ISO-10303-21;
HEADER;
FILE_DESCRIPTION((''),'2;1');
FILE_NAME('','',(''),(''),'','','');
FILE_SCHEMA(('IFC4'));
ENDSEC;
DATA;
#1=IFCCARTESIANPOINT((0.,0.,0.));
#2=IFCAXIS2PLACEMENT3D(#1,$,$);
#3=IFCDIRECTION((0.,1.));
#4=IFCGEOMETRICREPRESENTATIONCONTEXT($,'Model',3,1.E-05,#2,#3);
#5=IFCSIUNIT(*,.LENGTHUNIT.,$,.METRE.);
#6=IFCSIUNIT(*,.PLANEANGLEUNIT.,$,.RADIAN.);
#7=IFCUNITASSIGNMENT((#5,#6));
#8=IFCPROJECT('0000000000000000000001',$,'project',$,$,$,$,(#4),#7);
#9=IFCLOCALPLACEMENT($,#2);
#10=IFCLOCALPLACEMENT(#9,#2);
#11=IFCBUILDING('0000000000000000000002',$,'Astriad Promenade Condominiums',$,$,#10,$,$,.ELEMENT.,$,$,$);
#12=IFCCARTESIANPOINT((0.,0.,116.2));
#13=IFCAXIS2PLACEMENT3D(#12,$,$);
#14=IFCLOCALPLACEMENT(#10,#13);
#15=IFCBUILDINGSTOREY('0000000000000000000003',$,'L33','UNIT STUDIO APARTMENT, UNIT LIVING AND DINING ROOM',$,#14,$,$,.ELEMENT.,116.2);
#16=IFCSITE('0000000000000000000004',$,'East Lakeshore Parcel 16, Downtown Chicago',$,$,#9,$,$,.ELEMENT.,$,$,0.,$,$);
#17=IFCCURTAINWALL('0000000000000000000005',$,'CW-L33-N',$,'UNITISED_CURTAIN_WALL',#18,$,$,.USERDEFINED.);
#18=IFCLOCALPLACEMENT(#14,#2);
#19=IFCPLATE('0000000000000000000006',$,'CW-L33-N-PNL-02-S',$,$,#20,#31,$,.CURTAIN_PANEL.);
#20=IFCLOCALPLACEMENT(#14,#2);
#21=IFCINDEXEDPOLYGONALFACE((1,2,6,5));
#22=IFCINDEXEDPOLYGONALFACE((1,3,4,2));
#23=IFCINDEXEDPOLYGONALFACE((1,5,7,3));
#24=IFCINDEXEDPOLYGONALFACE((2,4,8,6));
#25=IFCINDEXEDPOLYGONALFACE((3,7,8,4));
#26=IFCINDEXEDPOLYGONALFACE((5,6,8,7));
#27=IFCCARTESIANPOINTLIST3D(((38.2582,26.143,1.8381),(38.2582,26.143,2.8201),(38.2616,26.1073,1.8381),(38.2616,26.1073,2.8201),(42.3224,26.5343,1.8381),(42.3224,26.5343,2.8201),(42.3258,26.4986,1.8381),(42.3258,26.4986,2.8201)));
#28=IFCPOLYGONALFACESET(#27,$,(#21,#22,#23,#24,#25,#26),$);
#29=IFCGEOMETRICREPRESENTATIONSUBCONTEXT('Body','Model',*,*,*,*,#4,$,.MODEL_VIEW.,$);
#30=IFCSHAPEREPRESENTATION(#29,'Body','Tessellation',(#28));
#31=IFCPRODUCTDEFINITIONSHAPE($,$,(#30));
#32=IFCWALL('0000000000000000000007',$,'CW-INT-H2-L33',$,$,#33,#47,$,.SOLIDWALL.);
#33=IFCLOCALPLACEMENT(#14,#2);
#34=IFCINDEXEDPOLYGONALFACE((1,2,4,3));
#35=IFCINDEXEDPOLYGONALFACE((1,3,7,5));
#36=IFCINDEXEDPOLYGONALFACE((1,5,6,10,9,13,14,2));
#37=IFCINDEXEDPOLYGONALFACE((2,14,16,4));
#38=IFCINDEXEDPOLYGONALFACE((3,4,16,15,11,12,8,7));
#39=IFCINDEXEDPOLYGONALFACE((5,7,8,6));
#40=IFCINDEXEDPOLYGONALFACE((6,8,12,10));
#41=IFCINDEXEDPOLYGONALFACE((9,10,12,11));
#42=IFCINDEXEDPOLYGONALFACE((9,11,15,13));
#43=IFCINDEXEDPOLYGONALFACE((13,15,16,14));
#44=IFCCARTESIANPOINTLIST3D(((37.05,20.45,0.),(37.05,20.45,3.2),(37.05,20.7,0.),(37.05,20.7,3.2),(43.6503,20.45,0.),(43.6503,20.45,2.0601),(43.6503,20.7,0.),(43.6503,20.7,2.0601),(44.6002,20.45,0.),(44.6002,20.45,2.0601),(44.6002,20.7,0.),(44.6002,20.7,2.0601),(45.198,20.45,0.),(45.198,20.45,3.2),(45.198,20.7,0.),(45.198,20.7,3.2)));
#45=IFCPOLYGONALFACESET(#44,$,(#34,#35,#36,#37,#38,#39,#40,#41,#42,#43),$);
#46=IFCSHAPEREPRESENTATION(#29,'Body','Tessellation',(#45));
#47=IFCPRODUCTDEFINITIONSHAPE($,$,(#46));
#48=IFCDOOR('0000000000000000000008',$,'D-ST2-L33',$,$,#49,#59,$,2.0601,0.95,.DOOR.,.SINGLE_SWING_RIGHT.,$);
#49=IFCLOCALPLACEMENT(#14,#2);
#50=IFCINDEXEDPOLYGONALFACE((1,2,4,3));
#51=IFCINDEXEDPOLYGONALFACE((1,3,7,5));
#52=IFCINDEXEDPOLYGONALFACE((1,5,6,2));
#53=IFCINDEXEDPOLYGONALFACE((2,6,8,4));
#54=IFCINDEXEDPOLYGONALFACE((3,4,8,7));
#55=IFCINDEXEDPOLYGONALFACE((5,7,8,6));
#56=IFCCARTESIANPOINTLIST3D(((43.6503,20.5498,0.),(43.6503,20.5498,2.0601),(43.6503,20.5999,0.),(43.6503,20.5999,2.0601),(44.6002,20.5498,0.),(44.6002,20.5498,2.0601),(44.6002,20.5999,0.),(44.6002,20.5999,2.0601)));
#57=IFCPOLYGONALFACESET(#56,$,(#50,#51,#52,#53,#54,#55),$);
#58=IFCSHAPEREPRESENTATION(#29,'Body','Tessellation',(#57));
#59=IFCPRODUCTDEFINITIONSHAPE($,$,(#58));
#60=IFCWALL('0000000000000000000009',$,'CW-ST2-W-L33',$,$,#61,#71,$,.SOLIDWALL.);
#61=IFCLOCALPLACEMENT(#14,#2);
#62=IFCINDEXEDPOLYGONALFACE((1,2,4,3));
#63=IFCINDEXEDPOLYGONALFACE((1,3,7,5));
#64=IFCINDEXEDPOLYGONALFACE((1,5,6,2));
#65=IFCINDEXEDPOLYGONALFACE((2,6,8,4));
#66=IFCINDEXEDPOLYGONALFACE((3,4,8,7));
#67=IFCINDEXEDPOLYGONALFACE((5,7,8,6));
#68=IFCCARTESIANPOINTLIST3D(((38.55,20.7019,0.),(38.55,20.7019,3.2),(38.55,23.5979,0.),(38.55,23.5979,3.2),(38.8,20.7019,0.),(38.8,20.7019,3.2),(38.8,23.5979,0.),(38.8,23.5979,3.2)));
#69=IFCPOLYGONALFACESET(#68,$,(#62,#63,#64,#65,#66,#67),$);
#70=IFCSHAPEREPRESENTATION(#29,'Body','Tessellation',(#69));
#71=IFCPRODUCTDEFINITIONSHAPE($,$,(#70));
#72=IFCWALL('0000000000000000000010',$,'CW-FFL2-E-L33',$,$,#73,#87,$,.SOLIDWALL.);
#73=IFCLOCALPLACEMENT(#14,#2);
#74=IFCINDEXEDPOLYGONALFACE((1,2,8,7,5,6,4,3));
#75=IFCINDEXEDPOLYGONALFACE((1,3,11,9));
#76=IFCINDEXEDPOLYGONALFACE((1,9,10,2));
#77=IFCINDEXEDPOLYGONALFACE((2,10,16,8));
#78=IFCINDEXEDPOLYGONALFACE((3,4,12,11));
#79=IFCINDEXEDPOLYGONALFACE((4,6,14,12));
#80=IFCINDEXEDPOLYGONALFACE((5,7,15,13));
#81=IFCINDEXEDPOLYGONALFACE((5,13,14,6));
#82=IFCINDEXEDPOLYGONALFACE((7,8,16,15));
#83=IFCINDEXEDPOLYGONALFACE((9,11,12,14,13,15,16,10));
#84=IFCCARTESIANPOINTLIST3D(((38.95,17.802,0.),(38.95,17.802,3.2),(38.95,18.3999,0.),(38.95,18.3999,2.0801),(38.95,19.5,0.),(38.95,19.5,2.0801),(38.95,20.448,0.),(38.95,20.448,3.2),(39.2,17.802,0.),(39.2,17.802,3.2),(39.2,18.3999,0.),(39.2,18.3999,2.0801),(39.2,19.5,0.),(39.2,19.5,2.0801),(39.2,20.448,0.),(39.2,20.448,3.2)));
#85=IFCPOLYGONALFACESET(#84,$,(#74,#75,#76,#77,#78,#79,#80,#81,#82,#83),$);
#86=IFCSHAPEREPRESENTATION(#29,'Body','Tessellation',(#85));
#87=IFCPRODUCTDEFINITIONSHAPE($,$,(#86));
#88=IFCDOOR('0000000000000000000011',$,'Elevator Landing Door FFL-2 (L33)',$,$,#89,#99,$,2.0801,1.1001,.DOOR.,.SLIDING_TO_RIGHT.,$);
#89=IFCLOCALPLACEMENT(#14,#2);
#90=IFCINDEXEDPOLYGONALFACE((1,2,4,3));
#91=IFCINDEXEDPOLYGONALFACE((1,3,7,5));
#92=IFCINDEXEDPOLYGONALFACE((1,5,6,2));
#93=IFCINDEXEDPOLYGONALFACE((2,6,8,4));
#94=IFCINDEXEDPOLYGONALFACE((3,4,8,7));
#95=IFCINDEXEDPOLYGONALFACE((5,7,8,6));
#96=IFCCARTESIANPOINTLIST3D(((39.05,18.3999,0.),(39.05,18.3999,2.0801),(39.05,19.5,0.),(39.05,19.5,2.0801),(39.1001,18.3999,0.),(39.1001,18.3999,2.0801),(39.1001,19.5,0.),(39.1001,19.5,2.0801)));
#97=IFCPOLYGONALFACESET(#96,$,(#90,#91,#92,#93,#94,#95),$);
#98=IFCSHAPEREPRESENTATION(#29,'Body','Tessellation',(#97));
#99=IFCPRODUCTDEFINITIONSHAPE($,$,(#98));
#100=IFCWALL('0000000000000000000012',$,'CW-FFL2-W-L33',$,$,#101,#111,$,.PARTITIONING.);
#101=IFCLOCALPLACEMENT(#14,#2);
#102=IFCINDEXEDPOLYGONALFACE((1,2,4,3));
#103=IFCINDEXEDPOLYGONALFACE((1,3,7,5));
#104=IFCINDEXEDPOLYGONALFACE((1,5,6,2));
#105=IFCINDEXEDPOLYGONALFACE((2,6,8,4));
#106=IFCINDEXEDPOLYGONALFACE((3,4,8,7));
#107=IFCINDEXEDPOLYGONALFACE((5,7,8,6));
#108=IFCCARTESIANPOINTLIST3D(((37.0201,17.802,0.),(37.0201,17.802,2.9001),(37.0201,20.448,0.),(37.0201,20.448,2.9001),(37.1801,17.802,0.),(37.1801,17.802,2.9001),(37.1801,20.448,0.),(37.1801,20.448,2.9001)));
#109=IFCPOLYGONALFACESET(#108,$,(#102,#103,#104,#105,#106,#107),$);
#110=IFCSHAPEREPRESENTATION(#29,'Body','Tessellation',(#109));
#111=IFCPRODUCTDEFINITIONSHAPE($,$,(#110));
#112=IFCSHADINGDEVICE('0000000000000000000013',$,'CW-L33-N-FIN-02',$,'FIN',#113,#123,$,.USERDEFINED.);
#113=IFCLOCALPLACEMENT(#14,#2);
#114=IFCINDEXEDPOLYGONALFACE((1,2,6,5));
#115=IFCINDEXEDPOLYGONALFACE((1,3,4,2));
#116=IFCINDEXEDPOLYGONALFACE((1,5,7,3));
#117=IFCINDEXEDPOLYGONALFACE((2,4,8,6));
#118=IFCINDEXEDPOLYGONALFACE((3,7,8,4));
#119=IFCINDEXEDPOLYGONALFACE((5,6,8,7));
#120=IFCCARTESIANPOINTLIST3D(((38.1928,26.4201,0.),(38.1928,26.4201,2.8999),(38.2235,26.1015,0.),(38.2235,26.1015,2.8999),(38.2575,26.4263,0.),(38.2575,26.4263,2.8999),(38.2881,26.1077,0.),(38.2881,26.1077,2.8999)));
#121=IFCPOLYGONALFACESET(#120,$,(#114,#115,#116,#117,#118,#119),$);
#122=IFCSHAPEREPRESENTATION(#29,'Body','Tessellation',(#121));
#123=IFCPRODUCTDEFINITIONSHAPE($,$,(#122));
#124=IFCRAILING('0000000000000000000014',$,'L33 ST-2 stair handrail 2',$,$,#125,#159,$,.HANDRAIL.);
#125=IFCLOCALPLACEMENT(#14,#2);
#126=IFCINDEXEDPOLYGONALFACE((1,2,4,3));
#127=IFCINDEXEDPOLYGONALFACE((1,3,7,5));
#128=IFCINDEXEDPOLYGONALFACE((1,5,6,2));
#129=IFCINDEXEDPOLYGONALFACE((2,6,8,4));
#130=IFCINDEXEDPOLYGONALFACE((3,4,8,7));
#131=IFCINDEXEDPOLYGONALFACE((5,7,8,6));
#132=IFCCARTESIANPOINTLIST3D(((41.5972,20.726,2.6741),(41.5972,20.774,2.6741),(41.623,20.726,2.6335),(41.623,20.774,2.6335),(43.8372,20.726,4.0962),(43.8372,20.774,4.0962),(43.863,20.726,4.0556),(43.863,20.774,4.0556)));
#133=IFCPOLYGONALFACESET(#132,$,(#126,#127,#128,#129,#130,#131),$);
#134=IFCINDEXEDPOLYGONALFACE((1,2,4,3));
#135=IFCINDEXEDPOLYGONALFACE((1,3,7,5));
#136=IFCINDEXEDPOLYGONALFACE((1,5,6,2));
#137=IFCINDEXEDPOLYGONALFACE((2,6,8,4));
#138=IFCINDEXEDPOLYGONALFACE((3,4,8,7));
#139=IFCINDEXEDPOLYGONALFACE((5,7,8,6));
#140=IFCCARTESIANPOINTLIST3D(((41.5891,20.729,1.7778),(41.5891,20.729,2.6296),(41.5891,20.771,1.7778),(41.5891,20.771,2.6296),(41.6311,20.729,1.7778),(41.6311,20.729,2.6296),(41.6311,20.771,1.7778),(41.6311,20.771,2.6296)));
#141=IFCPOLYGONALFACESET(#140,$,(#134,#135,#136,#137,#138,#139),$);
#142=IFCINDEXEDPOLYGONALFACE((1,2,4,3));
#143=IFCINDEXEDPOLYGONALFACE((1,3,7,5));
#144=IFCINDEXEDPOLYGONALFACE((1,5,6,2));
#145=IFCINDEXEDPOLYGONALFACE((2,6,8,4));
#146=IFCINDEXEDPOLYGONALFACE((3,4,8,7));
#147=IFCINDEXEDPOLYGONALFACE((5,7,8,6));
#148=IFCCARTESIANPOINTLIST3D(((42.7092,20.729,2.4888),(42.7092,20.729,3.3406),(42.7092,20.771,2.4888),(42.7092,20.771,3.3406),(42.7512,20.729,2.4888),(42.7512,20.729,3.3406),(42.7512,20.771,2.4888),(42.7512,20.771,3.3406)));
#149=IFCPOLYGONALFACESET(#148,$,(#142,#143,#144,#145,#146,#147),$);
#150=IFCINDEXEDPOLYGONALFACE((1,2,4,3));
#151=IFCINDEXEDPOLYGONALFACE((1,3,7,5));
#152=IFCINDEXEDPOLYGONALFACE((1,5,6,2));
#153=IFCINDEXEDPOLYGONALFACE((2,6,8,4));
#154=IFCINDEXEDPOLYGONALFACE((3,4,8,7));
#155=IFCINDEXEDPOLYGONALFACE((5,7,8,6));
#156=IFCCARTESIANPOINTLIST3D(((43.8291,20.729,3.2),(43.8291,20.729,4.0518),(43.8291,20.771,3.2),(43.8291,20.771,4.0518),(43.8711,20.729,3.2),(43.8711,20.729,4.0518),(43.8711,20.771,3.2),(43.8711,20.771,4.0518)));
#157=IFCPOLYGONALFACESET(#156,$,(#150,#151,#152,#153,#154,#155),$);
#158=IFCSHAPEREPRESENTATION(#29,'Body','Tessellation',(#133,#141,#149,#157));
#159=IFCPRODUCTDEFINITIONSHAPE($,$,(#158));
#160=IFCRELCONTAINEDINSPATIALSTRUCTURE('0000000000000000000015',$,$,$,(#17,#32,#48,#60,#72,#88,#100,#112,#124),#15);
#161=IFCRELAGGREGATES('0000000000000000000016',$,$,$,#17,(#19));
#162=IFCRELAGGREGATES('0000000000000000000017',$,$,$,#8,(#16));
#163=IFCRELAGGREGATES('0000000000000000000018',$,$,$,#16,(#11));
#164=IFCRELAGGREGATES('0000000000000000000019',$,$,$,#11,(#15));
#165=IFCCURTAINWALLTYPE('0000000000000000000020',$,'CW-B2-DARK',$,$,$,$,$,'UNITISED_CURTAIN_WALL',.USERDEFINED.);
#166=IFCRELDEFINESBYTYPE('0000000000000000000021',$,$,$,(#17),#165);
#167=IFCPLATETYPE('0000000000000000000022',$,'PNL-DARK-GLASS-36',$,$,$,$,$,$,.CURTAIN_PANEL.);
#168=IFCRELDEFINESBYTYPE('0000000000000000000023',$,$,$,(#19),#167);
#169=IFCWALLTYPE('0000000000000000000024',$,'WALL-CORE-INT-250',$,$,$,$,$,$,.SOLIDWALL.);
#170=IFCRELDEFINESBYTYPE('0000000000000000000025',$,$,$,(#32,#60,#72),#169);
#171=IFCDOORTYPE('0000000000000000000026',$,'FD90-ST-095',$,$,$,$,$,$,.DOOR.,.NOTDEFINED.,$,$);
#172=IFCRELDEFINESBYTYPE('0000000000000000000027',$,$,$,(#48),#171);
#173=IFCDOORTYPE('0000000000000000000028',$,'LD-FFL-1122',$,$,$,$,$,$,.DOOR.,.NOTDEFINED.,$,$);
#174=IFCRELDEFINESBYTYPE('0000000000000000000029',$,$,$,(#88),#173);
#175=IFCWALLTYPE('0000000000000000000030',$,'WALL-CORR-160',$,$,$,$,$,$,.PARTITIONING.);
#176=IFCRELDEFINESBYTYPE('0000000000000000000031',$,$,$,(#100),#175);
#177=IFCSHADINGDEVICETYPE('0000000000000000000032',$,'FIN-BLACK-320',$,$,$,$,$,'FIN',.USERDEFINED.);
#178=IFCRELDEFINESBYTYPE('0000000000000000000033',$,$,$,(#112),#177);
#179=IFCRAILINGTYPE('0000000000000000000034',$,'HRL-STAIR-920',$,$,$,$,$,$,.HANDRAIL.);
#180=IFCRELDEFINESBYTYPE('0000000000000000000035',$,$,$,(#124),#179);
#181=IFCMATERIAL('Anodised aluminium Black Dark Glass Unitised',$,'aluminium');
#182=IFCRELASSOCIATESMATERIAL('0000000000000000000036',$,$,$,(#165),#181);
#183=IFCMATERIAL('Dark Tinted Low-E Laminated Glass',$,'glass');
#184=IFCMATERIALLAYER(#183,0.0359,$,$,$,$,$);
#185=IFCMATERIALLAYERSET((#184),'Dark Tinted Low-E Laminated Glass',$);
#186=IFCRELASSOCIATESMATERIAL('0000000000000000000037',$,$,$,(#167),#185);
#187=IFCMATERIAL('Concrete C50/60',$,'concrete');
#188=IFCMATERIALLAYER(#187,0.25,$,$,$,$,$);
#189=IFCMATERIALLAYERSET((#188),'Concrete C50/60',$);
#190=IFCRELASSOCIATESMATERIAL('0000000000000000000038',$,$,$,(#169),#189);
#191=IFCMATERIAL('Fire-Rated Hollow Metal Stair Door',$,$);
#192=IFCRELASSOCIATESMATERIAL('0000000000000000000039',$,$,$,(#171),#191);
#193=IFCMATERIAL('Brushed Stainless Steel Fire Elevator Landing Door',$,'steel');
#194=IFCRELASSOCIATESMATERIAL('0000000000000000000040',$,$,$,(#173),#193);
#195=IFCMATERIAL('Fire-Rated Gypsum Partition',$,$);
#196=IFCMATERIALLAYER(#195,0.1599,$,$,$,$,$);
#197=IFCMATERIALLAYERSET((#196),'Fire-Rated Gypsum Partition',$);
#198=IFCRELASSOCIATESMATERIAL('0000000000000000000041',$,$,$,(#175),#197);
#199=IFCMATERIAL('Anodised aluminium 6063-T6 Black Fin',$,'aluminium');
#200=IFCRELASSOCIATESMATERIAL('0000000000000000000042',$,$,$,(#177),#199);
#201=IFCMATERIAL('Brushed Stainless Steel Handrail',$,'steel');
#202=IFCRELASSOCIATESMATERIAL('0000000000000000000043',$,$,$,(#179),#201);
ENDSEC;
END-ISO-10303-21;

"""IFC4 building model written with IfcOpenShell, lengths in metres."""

from ifc_helpers import new_model, si_unit, direction, frame, frame_2d, origin, origin_2d, place, context, subcontext, project, spatial, rectangle, extrude, source, transform, mapped, material, layer, layer_set, type_object, type_shapes, element, fill, aggregate, save


model = new_model("IFC4")

# Units and contexts
model_context = context("Model", 3, precision=1e-05, world=origin(), true_north=direction((0.0, 1.0)))
body_context = subcontext(model_context, "Body", "Model", "MODEL_VIEW")
ifc_project = project(units=[si_unit("LENGTHUNIT", "METRE"), si_unit("PLANEANGLEUNIT", "RADIAN")], contexts=[model_context])

# Site, building, storey
site_placement = place(None, origin())
site = spatial("IfcSite", under=ifc_project, at=site_placement, Name="East Lakeshore Parcel 16, Downtown Chicago", CompositionType="ELEMENT", RefElevation=0.0)
building_placement = place(site_placement, origin())
building = spatial("IfcBuilding", under=site, at=building_placement, Name="Astriad Promenade Condominiums", CompositionType="ELEMENT")
storey_placement = place(building_placement, frame((0.0, 0.0, 116.2)))
storey = spatial("IfcBuildingStorey", under=building, at=storey_placement, Name="L33", Description="UNIT STUDIO APARTMENT, UNIT LIVING AND DINING ROOM", CompositionType="ELEMENT", Elevation=116.2)

# Curtain wall, plate
ifc_material_1 = material(Name="Anodised aluminium Black Dark Glass Unitised", Category="aluminium")
curtain_wall_type = type_object("IfcCurtainWallType", Name="CW-B2-DARK", ElementType="UNITISED_CURTAIN_WALL", PredefinedType="USERDEFINED", material=ifc_material_1)
curtain_wall_placement = place(storey_placement, origin())
curtain_wall = element("IfcCurtainWall", 1, at=curtain_wall_placement, inside=storey, type_object=curtain_wall_type, Name="CW-L33-N", ObjectType="UNITISED_CURTAIN_WALL", PredefinedType="USERDEFINED")
ifc_material_2 = material(Name="Dark Tinted Low-E Laminated Glass", Category="glass")
ifc_layer_1 = layer(ifc_material_2, 0.0359)
ifc_layer_set_1 = layer_set([ifc_layer_1], Name="Dark Tinted Low-E Laminated Glass")
plate_type = type_object("IfcPlateType", Name="PNL-DARK-GLASS-36", PredefinedType="CURTAIN_PANEL", material=ifc_layer_set_1)
shared_shape_1 = source(origin(), body_context, "Body", "SweptSolid", [
    extrude(rectangle(XDim=4.083, YDim=0.0359, at=origin_2d()), origin(), (0.0, 0.0, 1.0), 0.9819),
])
plate_1_placement = place(storey_placement, frame((40.292, 26.3208, 1.8381), z_axis=(0.0, 0.0, 1.0), x_axis=(0.995396, 0.095846, 0.0)))
plate_1 = element("IfcPlate", 2, at=plate_1_placement, type_object=plate_type, Name="CW-L33-N-PNL-02-S", PredefinedType="CURTAIN_PANEL", context=body_context, shape_type="MappedRepresentation", body=[
    mapped(shared_shape_1, transform((0.0, 0.0, 0.0), scale=1.0)),
])
aggregate(curtain_wall, [plate_1])

# Wall, opening, door
ifc_material_3 = material(Name="Concrete C50/60", Category="concrete")
ifc_layer_2 = layer(ifc_material_3, 0.25)
ifc_layer_set_2 = layer_set([ifc_layer_2], Name="Concrete C50/60")
wall_type_1 = type_object("IfcWallType", Name="WALL-CORE-INT-250", PredefinedType="SOLIDWALL", material=ifc_layer_set_2)
wall_1_placement = place(storey_placement, frame((37.05, 20.575, 0.0), z_axis=(0.0, 0.0, 1.0), x_axis=(1.0, 0.0, 0.0)))
wall_1 = element("IfcWall", 3, at=wall_1_placement, inside=storey, type_object=wall_type_1, Name="CW-INT-H2-L33", PredefinedType="SOLIDWALL", context=body_context, shape_type="SweptSolid", body=[
    extrude(rectangle(XDim=8.1479, YDim=0.25, at=frame_2d((4.074, 0.0))), origin(), (0.0, 0.0, 1.0), 3.2),
])
opening_1_placement = place(wall_1_placement, frame((6.6001, 0.0, 0.0)))
opening_1 = element("IfcOpeningElement", 4, at=opening_1_placement, cuts=wall_1, PredefinedType="OPENING", context=body_context, shape_type="SweptSolid", body=[
    extrude(rectangle(XDim=0.95, YDim=2.0601, at=frame_2d((0.4751, 1.03))), frame((0.0, 0.135, 0.0), z_axis=(0.0, -1.0, 0.0), x_axis=(1.0, 0.0, 0.0)), (0.0, 0.0, 1.0), 0.27),
])
ifc_material_4 = material(Name="Fire-Rated Hollow Metal Stair Door")
door_type_1 = type_object("IfcDoorType", Name="FD90-ST-095", OperationType="NOTDEFINED", PredefinedType="DOOR", material=ifc_material_4)
shared_shape_2 = source(origin(), body_context, "Body", "SweptSolid", [
    extrude(rectangle(XDim=0.95, YDim=2.0601, at=frame_2d((0.4751, 1.03))), frame((0.0, 0.0249, 0.0), z_axis=(0.0, -1.0, 0.0), x_axis=(1.0, 0.0, 0.0)), (0.0, 0.0, 1.0), 0.05),
])
type_shapes(door_type_1, [shared_shape_2])
door_1_placement = place(opening_1_placement, origin())
door_1 = element("IfcDoor", 5, at=door_1_placement, inside=storey, type_object=door_type_1, Name="D-ST2-L33", OperationType="SINGLE_SWING_RIGHT", OverallHeight=2.0601, OverallWidth=0.95, PredefinedType="DOOR", context=body_context, shape_type="MappedRepresentation", body=[
    mapped(shared_shape_2, transform((0.0, 0.0, 0.0), scale=1.0)),
])
fill(opening_1, door_1)

# Wall
wall_2_placement = place(storey_placement, frame((38.675, 20.7019, 0.0), z_axis=(0.0, 0.0, 1.0), x_axis=(0.0, 1.0, 0.0)))
element("IfcWall", 6, at=wall_2_placement, inside=storey, type_object=wall_type_1, Name="CW-ST2-W-L33", PredefinedType="SOLIDWALL", context=body_context, shape_type="SweptSolid", body=[
    extrude(rectangle(XDim=2.896, YDim=0.25, at=frame_2d((1.448, 0.0))), origin(), (0.0, 0.0, 1.0), 3.2),
])

# Wall, opening, door
wall_3_placement = place(storey_placement, frame((39.075, 17.802, 0.0), z_axis=(0.0, 0.0, 1.0), x_axis=(0.0, 1.0, 0.0)))
wall_3 = element("IfcWall", 7, at=wall_3_placement, inside=storey, type_object=wall_type_1, Name="CW-FFL2-E-L33", PredefinedType="SOLIDWALL", context=body_context, shape_type="SweptSolid", body=[
    extrude(rectangle(XDim=2.646, YDim=0.25, at=frame_2d((1.323, 0.0))), origin(), (0.0, 0.0, 1.0), 3.2),
])
opening_2_placement = place(wall_3_placement, frame((0.5979, 0.0, 0.0)))
opening_2 = element("IfcOpeningElement", 8, at=opening_2_placement, cuts=wall_3, PredefinedType="OPENING", context=body_context, shape_type="SweptSolid", body=[
    extrude(rectangle(XDim=1.1001, YDim=2.0801, at=frame_2d((0.55, 1.04))), frame((0.0, 0.135, 0.0), z_axis=(0.0, -1.0, 0.0), x_axis=(1.0, 0.0, 0.0)), (0.0, 0.0, 1.0), 0.27),
])
ifc_material_5 = material(Name="Brushed Stainless Steel Fire Elevator Landing Door", Category="steel")
door_type_2 = type_object("IfcDoorType", Name="LD-FFL-1122", OperationType="NOTDEFINED", PredefinedType="DOOR", material=ifc_material_5)
shared_shape_3 = source(origin(), body_context, "Body", "SweptSolid", [
    extrude(rectangle(XDim=1.1001, YDim=2.0801, at=frame_2d((0.55, 1.04))), frame((0.0, 0.0249, 0.0), z_axis=(0.0, -1.0, 0.0), x_axis=(1.0, 0.0, 0.0)), (0.0, 0.0, 1.0), 0.05),
])
type_shapes(door_type_2, [shared_shape_3])
door_2_placement = place(opening_2_placement, origin())
door_2 = element("IfcDoor", 9, at=door_2_placement, inside=storey, type_object=door_type_2, Name="Elevator Landing Door FFL-2 (L33)", OperationType="SLIDING_TO_RIGHT", OverallHeight=2.0801, OverallWidth=1.1001, PredefinedType="DOOR", context=body_context, shape_type="MappedRepresentation", body=[
    mapped(shared_shape_3, transform((0.0, 0.0, 0.0), scale=1.0)),
])
fill(opening_2, door_2)

# Wall
ifc_material_6 = material(Name="Fire-Rated Gypsum Partition")
ifc_layer_3 = layer(ifc_material_6, 0.1599)
ifc_layer_set_3 = layer_set([ifc_layer_3], Name="Fire-Rated Gypsum Partition")
wall_type_2 = type_object("IfcWallType", Name="WALL-CORR-160", PredefinedType="PARTITIONING", material=ifc_layer_set_3)
wall_4_placement = place(storey_placement, frame((37.1001, 17.802, 0.0), z_axis=(0.0, 0.0, 1.0), x_axis=(0.0, 1.0, 0.0)))
element("IfcWall", 10, at=wall_4_placement, inside=storey, type_object=wall_type_2, Name="CW-FFL2-W-L33", PredefinedType="PARTITIONING", context=body_context, shape_type="SweptSolid", body=[
    extrude(rectangle(XDim=2.646, YDim=0.1599, at=frame_2d((1.323, 0.0))), origin(), (0.0, 0.0, 1.0), 2.9001),
])

# Shading device
ifc_material_7 = material(Name="Anodised aluminium 6063-T6 Black Fin", Category="aluminium")
shading_device_type = type_object("IfcShadingDeviceType", Name="FIN-BLACK-320", ElementType="FIN", PredefinedType="USERDEFINED", material=ifc_material_7)
shared_shape_4 = source(origin(), body_context, "Body", "SweptSolid", [
    extrude(rectangle(XDim=0.0649, YDim=0.3201, at=origin_2d()), origin(), (0.0, 0.0, 1.0), 2.8999),
])
type_shapes(shading_device_type, [shared_shape_4])
shading_device_placement = place(storey_placement, frame((38.2405, 26.2639, 0.0), z_axis=(0.0, 0.0, 1.0), x_axis=(0.995396, 0.095846, 0.0)))
element("IfcShadingDevice", 11, at=shading_device_placement, inside=storey, type_object=shading_device_type, Name="CW-L33-N-FIN-02", ObjectType="FIN", PredefinedType="USERDEFINED", context=body_context, shape_type="MappedRepresentation", body=[
    mapped(shared_shape_4, transform((0.0, 0.0, 0.0), scale=1.0)),
])

# Railing
ifc_material_8 = material(Name="Brushed Stainless Steel Handrail", Category="steel")
railing_type_1 = type_object("IfcRailingType", Name="HRL-STAIR-920", PredefinedType="HANDRAIL", material=ifc_material_8)
shared_shape_5 = source(origin(), body_context, "Body", "SweptSolid", [
    extrude(rectangle(XDim=0.0481, YDim=0.0481, at=origin_2d()), frame((0.0, 0.0, 0.876), z_axis=(0.844229, 0.0, 0.535982), x_axis=(0.0, 1.0, 0.0)), (0.0, 0.0, 1.0), 2.6533),
    extrude(rectangle(XDim=0.042, YDim=0.042, at=origin_2d()), origin(), (0.0, 0.0, 1.0), 0.8518),
    extrude(rectangle(XDim=0.042, YDim=0.042, at=origin_2d()), frame((1.1201, 0.0, 0.7109)), (0.0, 0.0, 1.0), 0.8518),
    extrude(rectangle(XDim=0.042, YDim=0.042, at=origin_2d()), frame((2.24, 0.0, 1.4221)), (0.0, 0.0, 1.0), 0.8518),
])
type_shapes(railing_type_1, [shared_shape_5])
railing_1_placement = place(storey_placement, frame((41.6101, 20.75, 1.7778)))
element("IfcRailing", 12, at=railing_1_placement, inside=storey, type_object=railing_type_1, Name="L33 ST-2 stair handrail 2", PredefinedType="HANDRAIL", context=body_context, shape_type="MappedRepresentation", body=[
    mapped(shared_shape_5, transform((0.0, 0.0, 0.0), scale=1.0)),
])

save(model, "model.ifc")
